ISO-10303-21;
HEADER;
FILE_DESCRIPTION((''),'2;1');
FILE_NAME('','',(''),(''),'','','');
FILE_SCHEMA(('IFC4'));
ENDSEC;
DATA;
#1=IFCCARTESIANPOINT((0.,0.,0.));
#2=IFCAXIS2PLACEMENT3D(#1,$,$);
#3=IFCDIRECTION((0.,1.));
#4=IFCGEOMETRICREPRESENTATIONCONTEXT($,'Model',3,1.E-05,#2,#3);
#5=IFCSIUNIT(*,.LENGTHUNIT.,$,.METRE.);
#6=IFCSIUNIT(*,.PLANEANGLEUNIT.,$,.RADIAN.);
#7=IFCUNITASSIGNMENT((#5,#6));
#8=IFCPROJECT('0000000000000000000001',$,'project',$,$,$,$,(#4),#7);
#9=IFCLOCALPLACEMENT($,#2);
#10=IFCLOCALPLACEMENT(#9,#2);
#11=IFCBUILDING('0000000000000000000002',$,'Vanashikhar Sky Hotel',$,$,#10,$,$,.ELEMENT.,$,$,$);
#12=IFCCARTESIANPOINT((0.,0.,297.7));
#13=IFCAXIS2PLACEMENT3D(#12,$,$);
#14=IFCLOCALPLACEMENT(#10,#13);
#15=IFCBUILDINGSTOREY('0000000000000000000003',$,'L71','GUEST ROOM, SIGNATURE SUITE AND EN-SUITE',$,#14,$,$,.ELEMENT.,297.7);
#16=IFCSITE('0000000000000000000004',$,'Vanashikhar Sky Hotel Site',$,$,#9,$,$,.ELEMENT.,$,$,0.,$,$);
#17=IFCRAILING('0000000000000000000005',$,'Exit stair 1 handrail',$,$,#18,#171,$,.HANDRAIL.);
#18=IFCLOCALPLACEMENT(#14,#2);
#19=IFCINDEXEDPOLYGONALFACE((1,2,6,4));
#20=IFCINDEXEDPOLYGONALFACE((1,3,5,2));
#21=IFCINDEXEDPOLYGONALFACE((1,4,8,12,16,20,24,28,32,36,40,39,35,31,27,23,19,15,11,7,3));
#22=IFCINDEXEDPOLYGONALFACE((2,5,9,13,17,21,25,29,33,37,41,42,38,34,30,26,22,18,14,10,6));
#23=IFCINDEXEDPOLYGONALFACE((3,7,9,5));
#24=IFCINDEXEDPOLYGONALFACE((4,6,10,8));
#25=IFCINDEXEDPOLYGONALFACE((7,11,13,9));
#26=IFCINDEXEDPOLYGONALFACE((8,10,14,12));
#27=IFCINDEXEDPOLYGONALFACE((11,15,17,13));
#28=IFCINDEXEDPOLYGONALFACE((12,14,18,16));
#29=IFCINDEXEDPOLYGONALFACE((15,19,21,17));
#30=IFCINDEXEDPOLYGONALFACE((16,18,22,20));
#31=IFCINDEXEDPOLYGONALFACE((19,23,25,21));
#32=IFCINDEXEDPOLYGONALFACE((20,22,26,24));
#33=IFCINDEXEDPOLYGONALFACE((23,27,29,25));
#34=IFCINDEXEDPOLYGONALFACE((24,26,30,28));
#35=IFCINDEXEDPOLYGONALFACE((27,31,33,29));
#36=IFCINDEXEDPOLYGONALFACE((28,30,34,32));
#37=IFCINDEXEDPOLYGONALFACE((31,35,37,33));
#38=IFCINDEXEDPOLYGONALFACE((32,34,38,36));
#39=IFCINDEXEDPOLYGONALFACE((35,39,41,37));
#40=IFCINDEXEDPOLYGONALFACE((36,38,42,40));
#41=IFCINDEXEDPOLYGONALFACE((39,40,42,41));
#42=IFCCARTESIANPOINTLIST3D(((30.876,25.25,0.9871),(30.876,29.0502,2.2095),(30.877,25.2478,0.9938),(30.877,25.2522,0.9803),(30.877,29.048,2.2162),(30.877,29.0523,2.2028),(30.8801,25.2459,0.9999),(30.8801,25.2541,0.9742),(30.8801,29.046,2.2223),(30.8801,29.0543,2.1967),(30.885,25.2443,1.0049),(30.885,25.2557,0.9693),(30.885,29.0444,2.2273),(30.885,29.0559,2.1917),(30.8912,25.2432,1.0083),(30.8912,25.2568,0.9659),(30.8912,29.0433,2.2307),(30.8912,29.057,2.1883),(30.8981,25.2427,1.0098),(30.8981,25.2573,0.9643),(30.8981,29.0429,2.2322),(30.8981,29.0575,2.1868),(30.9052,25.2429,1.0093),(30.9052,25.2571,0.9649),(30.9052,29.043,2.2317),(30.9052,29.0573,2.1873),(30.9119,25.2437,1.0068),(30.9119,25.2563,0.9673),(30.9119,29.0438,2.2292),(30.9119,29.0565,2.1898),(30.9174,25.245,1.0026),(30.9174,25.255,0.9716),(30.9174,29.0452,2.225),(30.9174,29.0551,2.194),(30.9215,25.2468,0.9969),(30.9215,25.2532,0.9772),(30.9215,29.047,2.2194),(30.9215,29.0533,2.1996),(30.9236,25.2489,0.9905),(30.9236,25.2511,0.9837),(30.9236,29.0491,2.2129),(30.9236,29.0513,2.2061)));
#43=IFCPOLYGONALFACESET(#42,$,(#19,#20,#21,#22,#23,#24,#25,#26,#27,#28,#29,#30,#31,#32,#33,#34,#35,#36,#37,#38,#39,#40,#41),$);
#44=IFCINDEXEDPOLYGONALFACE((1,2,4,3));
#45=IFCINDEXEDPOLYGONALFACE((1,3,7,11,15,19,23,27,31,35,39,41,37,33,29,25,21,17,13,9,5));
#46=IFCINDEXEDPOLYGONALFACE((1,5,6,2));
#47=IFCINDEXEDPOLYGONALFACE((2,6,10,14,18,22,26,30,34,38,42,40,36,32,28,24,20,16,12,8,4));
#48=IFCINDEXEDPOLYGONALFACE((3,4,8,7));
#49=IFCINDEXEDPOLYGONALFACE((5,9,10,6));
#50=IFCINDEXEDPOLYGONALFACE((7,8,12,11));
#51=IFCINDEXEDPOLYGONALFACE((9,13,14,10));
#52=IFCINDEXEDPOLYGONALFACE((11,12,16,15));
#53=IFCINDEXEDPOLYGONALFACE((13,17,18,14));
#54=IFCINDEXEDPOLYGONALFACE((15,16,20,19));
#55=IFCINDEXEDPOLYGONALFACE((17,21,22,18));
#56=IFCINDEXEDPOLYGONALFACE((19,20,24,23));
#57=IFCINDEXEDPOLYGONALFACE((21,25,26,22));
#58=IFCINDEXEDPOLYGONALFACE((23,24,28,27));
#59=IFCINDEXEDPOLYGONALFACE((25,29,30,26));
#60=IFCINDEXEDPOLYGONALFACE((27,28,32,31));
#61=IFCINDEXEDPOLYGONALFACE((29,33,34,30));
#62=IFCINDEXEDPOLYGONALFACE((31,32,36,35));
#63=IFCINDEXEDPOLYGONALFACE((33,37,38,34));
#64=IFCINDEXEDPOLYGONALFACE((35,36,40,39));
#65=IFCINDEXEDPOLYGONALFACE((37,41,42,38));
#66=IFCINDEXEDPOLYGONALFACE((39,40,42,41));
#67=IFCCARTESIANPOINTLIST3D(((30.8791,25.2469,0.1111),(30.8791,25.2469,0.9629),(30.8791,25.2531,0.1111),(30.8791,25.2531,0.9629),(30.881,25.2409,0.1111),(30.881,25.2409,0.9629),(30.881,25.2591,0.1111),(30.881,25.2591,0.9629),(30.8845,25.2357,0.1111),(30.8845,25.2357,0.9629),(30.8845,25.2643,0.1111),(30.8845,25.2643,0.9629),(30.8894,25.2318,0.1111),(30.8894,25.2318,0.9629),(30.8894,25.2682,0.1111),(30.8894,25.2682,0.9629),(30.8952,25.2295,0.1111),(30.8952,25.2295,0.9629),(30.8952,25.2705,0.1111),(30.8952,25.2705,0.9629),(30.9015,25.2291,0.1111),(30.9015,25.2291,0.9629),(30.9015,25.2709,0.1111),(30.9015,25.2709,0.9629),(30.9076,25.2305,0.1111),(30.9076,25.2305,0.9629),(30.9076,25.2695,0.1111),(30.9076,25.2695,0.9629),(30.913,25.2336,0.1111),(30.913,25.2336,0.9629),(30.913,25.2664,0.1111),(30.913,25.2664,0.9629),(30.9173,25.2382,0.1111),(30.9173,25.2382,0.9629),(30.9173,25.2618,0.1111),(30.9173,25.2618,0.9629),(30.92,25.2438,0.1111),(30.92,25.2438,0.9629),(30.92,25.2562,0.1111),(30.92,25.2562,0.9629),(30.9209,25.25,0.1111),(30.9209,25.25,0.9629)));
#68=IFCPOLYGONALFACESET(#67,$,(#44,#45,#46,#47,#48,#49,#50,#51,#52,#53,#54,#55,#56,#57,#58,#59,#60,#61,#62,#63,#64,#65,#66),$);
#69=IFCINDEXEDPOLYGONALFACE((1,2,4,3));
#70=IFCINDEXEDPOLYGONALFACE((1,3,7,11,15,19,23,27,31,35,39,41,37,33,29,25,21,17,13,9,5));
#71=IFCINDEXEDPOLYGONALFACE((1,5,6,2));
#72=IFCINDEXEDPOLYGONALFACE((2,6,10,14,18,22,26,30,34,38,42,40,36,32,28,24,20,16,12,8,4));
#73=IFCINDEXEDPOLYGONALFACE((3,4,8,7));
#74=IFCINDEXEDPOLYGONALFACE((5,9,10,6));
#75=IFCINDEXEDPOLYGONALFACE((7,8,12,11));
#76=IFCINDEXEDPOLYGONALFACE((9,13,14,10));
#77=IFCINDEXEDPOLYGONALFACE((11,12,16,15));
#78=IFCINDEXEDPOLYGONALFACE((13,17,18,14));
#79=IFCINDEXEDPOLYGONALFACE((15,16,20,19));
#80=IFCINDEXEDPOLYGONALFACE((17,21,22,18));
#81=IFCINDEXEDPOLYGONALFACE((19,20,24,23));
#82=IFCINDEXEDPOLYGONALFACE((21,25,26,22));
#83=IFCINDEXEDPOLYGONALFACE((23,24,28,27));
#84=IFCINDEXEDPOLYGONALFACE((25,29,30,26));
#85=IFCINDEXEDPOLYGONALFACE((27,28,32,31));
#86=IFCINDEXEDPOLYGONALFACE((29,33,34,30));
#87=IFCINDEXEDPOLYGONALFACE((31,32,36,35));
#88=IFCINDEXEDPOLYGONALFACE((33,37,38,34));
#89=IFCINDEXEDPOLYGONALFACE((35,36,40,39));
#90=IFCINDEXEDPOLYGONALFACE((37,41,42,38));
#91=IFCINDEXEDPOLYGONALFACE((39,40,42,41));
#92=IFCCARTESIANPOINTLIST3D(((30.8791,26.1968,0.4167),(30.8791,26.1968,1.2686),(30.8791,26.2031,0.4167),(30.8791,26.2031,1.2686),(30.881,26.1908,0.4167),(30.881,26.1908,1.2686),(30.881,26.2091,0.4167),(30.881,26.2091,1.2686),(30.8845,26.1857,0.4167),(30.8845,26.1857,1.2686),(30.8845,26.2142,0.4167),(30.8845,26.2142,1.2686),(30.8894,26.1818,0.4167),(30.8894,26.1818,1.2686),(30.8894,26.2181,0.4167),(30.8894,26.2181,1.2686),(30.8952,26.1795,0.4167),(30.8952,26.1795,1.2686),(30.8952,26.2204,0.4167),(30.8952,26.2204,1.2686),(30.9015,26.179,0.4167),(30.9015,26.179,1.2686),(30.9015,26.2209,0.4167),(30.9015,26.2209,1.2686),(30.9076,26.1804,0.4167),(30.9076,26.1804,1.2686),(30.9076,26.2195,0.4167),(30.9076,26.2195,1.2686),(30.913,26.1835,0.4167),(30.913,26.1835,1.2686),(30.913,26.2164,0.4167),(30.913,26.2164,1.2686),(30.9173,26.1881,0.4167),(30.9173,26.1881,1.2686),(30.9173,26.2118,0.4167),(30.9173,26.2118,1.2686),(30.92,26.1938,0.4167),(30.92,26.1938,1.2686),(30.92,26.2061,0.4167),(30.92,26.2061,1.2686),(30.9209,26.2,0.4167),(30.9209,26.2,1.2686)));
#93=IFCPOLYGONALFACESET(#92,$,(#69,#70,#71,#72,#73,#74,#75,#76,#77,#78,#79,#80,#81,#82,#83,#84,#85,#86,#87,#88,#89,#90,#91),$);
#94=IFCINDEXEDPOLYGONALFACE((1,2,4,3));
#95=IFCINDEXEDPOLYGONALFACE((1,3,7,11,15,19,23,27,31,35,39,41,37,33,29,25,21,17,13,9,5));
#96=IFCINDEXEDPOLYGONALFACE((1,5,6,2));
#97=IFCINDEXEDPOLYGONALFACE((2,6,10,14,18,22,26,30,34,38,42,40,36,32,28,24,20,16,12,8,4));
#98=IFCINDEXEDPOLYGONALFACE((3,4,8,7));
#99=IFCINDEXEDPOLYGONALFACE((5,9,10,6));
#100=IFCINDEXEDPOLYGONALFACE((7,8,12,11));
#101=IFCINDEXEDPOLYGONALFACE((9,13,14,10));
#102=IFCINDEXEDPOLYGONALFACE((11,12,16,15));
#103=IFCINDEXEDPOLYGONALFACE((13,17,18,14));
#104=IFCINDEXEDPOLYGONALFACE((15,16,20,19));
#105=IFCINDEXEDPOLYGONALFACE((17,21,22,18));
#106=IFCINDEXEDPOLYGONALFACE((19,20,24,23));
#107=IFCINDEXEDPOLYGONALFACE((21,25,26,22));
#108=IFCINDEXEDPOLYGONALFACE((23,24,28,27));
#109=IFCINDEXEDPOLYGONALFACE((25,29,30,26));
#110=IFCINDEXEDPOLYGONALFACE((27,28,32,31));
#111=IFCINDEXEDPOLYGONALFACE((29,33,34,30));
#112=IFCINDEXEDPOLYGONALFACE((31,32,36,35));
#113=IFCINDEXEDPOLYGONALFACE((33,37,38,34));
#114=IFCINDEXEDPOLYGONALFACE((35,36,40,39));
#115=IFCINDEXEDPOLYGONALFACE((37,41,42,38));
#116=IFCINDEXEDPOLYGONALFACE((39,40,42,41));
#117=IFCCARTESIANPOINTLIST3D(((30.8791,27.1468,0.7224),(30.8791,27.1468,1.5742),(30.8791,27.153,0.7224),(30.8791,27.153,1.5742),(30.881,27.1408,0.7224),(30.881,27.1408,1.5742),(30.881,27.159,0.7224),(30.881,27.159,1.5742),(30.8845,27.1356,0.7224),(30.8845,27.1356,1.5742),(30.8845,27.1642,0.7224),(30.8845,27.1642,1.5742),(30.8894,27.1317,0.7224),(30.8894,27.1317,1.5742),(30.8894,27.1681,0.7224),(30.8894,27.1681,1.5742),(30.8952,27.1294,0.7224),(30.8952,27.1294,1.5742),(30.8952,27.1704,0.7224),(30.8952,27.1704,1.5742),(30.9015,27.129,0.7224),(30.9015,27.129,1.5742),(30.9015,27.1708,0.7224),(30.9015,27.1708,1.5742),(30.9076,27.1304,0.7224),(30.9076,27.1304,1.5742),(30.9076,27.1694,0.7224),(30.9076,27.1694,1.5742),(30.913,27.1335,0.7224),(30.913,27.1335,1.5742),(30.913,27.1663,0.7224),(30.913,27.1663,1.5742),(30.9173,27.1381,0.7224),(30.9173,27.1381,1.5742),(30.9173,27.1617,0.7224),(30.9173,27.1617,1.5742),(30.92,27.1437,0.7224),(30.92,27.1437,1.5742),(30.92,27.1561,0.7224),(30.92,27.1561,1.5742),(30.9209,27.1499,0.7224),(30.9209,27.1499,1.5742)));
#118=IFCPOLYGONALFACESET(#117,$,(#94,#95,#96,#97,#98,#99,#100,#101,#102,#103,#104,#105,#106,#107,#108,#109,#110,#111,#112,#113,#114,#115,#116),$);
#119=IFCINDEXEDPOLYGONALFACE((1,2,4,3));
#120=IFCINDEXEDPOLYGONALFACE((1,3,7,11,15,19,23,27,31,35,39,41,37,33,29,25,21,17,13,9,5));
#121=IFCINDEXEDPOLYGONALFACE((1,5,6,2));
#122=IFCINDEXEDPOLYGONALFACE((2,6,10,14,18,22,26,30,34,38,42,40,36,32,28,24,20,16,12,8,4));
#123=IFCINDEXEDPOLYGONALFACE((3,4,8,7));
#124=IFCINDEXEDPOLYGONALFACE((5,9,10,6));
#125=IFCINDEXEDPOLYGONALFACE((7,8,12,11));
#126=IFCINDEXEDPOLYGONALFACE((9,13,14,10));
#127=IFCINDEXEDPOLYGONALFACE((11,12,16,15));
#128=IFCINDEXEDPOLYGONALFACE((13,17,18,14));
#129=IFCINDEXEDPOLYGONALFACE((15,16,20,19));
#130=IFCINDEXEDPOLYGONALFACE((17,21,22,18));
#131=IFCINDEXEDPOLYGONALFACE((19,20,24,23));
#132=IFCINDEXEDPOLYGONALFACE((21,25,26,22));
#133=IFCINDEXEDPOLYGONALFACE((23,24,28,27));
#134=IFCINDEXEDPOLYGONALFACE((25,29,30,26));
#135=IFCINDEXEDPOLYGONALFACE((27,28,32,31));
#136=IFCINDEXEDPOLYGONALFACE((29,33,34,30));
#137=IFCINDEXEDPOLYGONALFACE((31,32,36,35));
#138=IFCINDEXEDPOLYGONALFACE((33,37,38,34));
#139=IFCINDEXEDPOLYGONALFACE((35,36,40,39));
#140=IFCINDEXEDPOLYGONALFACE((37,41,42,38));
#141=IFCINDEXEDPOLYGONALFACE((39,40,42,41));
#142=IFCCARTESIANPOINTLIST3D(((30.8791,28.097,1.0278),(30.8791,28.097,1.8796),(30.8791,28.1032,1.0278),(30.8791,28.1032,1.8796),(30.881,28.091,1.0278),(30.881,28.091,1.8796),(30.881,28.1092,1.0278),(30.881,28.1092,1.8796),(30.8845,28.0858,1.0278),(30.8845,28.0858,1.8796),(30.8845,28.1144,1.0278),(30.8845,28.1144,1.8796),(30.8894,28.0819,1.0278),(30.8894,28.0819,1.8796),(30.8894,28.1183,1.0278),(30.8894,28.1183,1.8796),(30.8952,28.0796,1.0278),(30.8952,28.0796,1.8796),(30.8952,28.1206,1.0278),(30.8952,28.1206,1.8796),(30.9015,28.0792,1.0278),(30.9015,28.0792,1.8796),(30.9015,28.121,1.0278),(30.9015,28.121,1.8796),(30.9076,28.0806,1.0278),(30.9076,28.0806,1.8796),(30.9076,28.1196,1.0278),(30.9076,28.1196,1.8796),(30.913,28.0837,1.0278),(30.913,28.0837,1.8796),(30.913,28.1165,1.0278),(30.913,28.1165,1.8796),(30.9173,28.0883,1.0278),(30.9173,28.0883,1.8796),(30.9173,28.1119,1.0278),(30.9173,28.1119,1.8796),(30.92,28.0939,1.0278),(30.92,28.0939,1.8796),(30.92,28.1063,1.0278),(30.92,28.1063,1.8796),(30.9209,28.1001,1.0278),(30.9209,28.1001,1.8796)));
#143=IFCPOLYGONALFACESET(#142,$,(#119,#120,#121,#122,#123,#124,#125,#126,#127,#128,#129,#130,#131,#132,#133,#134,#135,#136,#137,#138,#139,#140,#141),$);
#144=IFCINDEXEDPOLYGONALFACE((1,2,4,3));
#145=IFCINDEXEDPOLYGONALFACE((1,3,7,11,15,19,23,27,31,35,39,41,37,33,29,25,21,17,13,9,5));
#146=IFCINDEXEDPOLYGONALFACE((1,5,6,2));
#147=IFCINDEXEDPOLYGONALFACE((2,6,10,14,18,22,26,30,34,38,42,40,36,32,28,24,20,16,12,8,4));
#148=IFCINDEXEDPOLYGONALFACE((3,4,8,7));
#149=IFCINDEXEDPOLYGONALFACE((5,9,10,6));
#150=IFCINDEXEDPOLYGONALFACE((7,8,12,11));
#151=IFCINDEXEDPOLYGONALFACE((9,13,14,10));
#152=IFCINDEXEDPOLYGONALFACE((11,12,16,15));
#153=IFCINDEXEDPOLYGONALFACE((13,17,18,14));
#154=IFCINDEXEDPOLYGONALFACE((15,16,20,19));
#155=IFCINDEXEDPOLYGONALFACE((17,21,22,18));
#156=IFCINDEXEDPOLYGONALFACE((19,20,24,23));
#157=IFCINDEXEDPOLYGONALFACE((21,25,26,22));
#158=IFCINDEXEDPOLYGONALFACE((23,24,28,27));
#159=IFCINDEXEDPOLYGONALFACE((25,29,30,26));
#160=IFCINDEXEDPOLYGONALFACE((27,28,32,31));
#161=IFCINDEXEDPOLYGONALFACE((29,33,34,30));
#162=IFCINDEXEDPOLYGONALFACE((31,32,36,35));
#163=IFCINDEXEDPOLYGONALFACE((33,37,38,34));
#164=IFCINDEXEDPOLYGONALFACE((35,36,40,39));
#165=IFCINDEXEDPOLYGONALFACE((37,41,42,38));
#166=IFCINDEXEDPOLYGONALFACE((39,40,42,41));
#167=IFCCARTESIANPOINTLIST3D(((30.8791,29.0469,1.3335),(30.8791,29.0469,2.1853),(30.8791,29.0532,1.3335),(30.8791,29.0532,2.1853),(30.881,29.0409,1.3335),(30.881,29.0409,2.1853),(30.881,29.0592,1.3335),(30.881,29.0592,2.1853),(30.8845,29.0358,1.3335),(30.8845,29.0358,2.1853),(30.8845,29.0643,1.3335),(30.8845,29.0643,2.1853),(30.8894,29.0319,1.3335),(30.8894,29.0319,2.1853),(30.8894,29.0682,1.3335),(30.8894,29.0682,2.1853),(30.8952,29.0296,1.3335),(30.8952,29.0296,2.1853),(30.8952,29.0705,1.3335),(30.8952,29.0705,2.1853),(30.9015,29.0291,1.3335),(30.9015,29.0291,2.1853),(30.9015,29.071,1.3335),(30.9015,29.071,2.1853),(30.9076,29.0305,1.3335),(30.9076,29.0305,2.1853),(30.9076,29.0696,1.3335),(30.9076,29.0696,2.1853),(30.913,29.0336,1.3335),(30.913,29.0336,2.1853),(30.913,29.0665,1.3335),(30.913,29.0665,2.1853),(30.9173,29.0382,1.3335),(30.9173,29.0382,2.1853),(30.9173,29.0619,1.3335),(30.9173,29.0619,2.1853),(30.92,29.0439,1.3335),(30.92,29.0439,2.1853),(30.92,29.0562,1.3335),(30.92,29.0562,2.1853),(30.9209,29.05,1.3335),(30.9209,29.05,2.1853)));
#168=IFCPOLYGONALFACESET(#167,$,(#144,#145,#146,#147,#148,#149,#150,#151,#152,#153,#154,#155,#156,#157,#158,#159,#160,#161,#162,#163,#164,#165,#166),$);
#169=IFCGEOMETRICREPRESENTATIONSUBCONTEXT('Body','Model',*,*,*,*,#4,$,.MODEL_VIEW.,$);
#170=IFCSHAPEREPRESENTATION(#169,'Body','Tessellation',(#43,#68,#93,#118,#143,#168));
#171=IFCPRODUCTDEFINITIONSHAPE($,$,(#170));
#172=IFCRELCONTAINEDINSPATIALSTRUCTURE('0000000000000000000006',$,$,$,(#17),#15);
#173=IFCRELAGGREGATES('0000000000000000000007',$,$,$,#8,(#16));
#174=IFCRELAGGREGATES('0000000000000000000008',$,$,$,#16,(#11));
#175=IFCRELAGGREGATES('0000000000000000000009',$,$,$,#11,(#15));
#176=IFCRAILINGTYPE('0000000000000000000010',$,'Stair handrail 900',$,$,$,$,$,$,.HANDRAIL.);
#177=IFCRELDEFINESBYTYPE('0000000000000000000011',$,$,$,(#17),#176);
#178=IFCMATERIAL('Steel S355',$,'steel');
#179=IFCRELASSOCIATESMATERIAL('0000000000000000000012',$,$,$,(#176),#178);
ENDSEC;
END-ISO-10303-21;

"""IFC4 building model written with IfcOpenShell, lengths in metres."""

from ifc_helpers import new_model, si_unit, direction, frame, origin, origin_2d, place, context, subcontext, project, spatial, circle, extrude, source, transform, mapped, material, type_object, element, save


model = new_model("IFC4")

# Units and contexts
model_context = context("Model", 3, precision=1e-05, world=origin(), true_north=direction((0.0, 1.0)))
body_context = subcontext(model_context, "Body", "Model", "MODEL_VIEW")
ifc_project = project(units=[si_unit("LENGTHUNIT", "METRE"), si_unit("PLANEANGLEUNIT", "RADIAN")], contexts=[model_context])

# Site, building, storey
site_placement = place(None, origin())
site = spatial("IfcSite", under=ifc_project, at=site_placement, Name="Vanashikhar Sky Hotel Site", CompositionType="ELEMENT", RefElevation=0.0)
building_placement = place(site_placement, origin())
building = spatial("IfcBuilding", under=site, at=building_placement, Name="Vanashikhar Sky Hotel", CompositionType="ELEMENT")
storey_placement = place(building_placement, frame((0.0, 0.0, 297.7)))
storey = spatial("IfcBuildingStorey", under=building, at=storey_placement, Name="L71", Description="GUEST ROOM, SIGNATURE SUITE AND EN-SUITE", CompositionType="ELEMENT", Elevation=297.7)

# Railing
ifc_material_1 = material(Name="Steel S355", Category="steel")
railing_type_1 = type_object("IfcRailingType", Name="Stair handrail 900", PredefinedType="HANDRAIL", material=ifc_material_1)
shared_shape_1 = source(origin(), body_context, "Body", "SweptSolid", [
    extrude(circle(Radius=0.0239, at=origin_2d()), frame((0.0, 0.0, 0.876), z_axis=(0.0, 0.951958, 0.306229), x_axis=(-1.0, 0.0, 0.0)), (0.0, 0.0, 1.0), 3.9919),
    extrude(circle(Radius=0.021, at=origin_2d()), origin(), (0.0, 0.0, 1.0), 0.8518),
    extrude(circle(Radius=0.021, at=origin_2d()), frame((0.0, 0.95, 0.3057)), (0.0, 0.0, 1.0), 0.8518),
    extrude(circle(Radius=0.021, at=origin_2d()), frame((0.0, 1.8999, 0.6113)), (0.0, 0.0, 1.0), 0.8518),
    extrude(circle(Radius=0.021, at=origin_2d()), frame((0.0, 2.8501, 0.9167)), (0.0, 0.0, 1.0), 0.8518),
    extrude(circle(Radius=0.021, at=origin_2d()), frame((0.0, 3.8, 1.2224)), (0.0, 0.0, 1.0), 0.8518),
])
railing_1_placement = place(storey_placement, frame((30.8999, 25.25, 0.1111)))
element("IfcRailing", 1, at=railing_1_placement, inside=storey, type_object=railing_type_1, Name="Exit stair 1 handrail", PredefinedType="HANDRAIL", context=body_context, shape_type="MappedRepresentation", body=[
    mapped(shared_shape_1, transform((0.0, 0.0, 0.0), scale=1.0)),
])

save(model, "model.ifc")
